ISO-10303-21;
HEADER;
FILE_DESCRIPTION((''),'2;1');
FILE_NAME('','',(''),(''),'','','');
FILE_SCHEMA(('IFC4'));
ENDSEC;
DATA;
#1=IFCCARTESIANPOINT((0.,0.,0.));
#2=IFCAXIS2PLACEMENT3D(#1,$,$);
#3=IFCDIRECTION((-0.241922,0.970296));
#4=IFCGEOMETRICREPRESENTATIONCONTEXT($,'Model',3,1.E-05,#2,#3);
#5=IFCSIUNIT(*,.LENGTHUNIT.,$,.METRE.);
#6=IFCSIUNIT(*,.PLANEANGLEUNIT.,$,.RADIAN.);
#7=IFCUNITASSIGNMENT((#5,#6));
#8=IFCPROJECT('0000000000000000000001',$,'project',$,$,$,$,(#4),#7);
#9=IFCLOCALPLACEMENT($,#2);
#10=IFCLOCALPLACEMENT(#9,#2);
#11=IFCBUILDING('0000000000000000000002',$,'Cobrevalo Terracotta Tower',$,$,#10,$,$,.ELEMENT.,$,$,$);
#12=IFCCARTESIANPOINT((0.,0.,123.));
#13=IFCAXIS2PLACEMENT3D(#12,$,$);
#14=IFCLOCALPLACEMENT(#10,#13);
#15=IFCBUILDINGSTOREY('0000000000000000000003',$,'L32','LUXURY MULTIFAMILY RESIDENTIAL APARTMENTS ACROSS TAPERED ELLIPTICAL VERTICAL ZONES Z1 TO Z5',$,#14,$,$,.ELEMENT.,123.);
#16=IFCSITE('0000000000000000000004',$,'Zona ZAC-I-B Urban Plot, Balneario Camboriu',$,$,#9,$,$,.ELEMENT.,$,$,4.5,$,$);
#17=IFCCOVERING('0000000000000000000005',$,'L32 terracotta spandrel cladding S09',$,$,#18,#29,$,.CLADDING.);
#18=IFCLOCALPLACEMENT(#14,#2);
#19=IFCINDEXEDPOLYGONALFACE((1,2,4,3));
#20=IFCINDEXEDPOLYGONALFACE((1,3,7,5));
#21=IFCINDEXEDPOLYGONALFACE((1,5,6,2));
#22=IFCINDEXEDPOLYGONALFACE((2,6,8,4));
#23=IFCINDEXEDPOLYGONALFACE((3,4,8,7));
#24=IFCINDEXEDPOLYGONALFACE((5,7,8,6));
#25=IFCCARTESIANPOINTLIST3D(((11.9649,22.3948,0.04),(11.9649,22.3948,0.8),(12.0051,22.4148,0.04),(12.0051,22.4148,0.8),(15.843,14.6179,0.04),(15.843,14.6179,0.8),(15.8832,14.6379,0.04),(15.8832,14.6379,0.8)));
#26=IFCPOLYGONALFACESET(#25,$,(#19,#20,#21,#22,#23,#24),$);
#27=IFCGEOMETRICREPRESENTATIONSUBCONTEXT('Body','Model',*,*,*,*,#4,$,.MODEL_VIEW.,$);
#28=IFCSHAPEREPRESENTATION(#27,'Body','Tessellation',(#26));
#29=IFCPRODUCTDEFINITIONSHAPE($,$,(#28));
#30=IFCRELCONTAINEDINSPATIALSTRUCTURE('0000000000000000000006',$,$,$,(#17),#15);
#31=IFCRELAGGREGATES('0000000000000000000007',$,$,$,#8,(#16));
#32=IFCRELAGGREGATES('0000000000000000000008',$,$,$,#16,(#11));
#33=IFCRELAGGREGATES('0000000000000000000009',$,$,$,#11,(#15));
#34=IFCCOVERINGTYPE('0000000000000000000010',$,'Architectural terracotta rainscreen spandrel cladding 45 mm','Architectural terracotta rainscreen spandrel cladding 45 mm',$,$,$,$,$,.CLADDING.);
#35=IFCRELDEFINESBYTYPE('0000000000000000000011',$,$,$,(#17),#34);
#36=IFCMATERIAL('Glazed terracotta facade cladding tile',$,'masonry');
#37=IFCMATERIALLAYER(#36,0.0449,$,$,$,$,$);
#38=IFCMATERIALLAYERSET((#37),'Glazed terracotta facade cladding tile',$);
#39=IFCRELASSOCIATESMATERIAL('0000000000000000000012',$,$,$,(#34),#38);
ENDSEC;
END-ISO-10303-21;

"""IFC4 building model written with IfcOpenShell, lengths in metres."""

from ifc_helpers import new_model, si_unit, direction, frame, origin, origin_2d, place, context, subcontext, project, spatial, rectangle, extrude, source, transform, mapped, material, layer, layer_set, type_object, element, save


model = new_model("IFC4")

# Units and contexts
model_context = context("Model", 3, precision=1e-05, world=origin(), true_north=direction((-0.241922, 0.970296)))
body_context = subcontext(model_context, "Body", "Model", "MODEL_VIEW")
ifc_project = project(units=[si_unit("LENGTHUNIT", "METRE"), si_unit("PLANEANGLEUNIT", "RADIAN")], contexts=[model_context])

# Site, building, storey
site_placement = place(None, origin())
site = spatial("IfcSite", under=ifc_project, at=site_placement, Name="Zona ZAC-I-B Urban Plot, Balneario Camboriu", CompositionType="ELEMENT", RefElevation=4.5)
building_placement = place(site_placement, origin())
building = spatial("IfcBuilding", under=site, at=building_placement, Name="Cobrevalo Terracotta Tower", CompositionType="ELEMENT")
storey_placement = place(building_placement, frame((0.0, 0.0, 123.0)))
storey = spatial("IfcBuildingStorey", under=building, at=storey_placement, Name="L32", Description="LUXURY MULTIFAMILY RESIDENTIAL APARTMENTS ACROSS TAPERED ELLIPTICAL VERTICAL ZONES Z1 TO Z5", CompositionType="ELEMENT", Elevation=123.0)

# Covering
ifc_material_1 = material(Name="Glazed terracotta facade cladding tile", Category="masonry")
ifc_layer_1 = layer(ifc_material_1, 0.0449)
ifc_layer_set_1 = layer_set([ifc_layer_1], Name="Glazed terracotta facade cladding tile")
covering_type_1 = type_object("IfcCoveringType", Name="Architectural terracotta rainscreen spandrel cladding 45 mm", Description="Architectural terracotta rainscreen spandrel cladding 45 mm", PredefinedType="CLADDING", material=ifc_layer_set_1)
shared_shape_1 = source(origin(), body_context, "Body", "SweptSolid", [
    extrude(rectangle(XDim=8.6902, YDim=0.0449, at=origin_2d()), origin(), (0.0, 0.0, 1.0), 0.76),
])
covering_1_placement = place(storey_placement, frame((13.9241, 18.5164, 0.04), z_axis=(0.0, 0.0, 1.0), x_axis=(0.446262, -0.894902, 0.0)))
element("IfcCovering", 1, at=covering_1_placement, inside=storey, type_object=covering_type_1, Name="L32 terracotta spandrel cladding S09", PredefinedType="CLADDING", context=body_context, shape_type="MappedRepresentation", body=[
    mapped(shared_shape_1, transform((0.0, 0.0, 0.0), scale=1.0)),
])

save(model, "model.ifc")
